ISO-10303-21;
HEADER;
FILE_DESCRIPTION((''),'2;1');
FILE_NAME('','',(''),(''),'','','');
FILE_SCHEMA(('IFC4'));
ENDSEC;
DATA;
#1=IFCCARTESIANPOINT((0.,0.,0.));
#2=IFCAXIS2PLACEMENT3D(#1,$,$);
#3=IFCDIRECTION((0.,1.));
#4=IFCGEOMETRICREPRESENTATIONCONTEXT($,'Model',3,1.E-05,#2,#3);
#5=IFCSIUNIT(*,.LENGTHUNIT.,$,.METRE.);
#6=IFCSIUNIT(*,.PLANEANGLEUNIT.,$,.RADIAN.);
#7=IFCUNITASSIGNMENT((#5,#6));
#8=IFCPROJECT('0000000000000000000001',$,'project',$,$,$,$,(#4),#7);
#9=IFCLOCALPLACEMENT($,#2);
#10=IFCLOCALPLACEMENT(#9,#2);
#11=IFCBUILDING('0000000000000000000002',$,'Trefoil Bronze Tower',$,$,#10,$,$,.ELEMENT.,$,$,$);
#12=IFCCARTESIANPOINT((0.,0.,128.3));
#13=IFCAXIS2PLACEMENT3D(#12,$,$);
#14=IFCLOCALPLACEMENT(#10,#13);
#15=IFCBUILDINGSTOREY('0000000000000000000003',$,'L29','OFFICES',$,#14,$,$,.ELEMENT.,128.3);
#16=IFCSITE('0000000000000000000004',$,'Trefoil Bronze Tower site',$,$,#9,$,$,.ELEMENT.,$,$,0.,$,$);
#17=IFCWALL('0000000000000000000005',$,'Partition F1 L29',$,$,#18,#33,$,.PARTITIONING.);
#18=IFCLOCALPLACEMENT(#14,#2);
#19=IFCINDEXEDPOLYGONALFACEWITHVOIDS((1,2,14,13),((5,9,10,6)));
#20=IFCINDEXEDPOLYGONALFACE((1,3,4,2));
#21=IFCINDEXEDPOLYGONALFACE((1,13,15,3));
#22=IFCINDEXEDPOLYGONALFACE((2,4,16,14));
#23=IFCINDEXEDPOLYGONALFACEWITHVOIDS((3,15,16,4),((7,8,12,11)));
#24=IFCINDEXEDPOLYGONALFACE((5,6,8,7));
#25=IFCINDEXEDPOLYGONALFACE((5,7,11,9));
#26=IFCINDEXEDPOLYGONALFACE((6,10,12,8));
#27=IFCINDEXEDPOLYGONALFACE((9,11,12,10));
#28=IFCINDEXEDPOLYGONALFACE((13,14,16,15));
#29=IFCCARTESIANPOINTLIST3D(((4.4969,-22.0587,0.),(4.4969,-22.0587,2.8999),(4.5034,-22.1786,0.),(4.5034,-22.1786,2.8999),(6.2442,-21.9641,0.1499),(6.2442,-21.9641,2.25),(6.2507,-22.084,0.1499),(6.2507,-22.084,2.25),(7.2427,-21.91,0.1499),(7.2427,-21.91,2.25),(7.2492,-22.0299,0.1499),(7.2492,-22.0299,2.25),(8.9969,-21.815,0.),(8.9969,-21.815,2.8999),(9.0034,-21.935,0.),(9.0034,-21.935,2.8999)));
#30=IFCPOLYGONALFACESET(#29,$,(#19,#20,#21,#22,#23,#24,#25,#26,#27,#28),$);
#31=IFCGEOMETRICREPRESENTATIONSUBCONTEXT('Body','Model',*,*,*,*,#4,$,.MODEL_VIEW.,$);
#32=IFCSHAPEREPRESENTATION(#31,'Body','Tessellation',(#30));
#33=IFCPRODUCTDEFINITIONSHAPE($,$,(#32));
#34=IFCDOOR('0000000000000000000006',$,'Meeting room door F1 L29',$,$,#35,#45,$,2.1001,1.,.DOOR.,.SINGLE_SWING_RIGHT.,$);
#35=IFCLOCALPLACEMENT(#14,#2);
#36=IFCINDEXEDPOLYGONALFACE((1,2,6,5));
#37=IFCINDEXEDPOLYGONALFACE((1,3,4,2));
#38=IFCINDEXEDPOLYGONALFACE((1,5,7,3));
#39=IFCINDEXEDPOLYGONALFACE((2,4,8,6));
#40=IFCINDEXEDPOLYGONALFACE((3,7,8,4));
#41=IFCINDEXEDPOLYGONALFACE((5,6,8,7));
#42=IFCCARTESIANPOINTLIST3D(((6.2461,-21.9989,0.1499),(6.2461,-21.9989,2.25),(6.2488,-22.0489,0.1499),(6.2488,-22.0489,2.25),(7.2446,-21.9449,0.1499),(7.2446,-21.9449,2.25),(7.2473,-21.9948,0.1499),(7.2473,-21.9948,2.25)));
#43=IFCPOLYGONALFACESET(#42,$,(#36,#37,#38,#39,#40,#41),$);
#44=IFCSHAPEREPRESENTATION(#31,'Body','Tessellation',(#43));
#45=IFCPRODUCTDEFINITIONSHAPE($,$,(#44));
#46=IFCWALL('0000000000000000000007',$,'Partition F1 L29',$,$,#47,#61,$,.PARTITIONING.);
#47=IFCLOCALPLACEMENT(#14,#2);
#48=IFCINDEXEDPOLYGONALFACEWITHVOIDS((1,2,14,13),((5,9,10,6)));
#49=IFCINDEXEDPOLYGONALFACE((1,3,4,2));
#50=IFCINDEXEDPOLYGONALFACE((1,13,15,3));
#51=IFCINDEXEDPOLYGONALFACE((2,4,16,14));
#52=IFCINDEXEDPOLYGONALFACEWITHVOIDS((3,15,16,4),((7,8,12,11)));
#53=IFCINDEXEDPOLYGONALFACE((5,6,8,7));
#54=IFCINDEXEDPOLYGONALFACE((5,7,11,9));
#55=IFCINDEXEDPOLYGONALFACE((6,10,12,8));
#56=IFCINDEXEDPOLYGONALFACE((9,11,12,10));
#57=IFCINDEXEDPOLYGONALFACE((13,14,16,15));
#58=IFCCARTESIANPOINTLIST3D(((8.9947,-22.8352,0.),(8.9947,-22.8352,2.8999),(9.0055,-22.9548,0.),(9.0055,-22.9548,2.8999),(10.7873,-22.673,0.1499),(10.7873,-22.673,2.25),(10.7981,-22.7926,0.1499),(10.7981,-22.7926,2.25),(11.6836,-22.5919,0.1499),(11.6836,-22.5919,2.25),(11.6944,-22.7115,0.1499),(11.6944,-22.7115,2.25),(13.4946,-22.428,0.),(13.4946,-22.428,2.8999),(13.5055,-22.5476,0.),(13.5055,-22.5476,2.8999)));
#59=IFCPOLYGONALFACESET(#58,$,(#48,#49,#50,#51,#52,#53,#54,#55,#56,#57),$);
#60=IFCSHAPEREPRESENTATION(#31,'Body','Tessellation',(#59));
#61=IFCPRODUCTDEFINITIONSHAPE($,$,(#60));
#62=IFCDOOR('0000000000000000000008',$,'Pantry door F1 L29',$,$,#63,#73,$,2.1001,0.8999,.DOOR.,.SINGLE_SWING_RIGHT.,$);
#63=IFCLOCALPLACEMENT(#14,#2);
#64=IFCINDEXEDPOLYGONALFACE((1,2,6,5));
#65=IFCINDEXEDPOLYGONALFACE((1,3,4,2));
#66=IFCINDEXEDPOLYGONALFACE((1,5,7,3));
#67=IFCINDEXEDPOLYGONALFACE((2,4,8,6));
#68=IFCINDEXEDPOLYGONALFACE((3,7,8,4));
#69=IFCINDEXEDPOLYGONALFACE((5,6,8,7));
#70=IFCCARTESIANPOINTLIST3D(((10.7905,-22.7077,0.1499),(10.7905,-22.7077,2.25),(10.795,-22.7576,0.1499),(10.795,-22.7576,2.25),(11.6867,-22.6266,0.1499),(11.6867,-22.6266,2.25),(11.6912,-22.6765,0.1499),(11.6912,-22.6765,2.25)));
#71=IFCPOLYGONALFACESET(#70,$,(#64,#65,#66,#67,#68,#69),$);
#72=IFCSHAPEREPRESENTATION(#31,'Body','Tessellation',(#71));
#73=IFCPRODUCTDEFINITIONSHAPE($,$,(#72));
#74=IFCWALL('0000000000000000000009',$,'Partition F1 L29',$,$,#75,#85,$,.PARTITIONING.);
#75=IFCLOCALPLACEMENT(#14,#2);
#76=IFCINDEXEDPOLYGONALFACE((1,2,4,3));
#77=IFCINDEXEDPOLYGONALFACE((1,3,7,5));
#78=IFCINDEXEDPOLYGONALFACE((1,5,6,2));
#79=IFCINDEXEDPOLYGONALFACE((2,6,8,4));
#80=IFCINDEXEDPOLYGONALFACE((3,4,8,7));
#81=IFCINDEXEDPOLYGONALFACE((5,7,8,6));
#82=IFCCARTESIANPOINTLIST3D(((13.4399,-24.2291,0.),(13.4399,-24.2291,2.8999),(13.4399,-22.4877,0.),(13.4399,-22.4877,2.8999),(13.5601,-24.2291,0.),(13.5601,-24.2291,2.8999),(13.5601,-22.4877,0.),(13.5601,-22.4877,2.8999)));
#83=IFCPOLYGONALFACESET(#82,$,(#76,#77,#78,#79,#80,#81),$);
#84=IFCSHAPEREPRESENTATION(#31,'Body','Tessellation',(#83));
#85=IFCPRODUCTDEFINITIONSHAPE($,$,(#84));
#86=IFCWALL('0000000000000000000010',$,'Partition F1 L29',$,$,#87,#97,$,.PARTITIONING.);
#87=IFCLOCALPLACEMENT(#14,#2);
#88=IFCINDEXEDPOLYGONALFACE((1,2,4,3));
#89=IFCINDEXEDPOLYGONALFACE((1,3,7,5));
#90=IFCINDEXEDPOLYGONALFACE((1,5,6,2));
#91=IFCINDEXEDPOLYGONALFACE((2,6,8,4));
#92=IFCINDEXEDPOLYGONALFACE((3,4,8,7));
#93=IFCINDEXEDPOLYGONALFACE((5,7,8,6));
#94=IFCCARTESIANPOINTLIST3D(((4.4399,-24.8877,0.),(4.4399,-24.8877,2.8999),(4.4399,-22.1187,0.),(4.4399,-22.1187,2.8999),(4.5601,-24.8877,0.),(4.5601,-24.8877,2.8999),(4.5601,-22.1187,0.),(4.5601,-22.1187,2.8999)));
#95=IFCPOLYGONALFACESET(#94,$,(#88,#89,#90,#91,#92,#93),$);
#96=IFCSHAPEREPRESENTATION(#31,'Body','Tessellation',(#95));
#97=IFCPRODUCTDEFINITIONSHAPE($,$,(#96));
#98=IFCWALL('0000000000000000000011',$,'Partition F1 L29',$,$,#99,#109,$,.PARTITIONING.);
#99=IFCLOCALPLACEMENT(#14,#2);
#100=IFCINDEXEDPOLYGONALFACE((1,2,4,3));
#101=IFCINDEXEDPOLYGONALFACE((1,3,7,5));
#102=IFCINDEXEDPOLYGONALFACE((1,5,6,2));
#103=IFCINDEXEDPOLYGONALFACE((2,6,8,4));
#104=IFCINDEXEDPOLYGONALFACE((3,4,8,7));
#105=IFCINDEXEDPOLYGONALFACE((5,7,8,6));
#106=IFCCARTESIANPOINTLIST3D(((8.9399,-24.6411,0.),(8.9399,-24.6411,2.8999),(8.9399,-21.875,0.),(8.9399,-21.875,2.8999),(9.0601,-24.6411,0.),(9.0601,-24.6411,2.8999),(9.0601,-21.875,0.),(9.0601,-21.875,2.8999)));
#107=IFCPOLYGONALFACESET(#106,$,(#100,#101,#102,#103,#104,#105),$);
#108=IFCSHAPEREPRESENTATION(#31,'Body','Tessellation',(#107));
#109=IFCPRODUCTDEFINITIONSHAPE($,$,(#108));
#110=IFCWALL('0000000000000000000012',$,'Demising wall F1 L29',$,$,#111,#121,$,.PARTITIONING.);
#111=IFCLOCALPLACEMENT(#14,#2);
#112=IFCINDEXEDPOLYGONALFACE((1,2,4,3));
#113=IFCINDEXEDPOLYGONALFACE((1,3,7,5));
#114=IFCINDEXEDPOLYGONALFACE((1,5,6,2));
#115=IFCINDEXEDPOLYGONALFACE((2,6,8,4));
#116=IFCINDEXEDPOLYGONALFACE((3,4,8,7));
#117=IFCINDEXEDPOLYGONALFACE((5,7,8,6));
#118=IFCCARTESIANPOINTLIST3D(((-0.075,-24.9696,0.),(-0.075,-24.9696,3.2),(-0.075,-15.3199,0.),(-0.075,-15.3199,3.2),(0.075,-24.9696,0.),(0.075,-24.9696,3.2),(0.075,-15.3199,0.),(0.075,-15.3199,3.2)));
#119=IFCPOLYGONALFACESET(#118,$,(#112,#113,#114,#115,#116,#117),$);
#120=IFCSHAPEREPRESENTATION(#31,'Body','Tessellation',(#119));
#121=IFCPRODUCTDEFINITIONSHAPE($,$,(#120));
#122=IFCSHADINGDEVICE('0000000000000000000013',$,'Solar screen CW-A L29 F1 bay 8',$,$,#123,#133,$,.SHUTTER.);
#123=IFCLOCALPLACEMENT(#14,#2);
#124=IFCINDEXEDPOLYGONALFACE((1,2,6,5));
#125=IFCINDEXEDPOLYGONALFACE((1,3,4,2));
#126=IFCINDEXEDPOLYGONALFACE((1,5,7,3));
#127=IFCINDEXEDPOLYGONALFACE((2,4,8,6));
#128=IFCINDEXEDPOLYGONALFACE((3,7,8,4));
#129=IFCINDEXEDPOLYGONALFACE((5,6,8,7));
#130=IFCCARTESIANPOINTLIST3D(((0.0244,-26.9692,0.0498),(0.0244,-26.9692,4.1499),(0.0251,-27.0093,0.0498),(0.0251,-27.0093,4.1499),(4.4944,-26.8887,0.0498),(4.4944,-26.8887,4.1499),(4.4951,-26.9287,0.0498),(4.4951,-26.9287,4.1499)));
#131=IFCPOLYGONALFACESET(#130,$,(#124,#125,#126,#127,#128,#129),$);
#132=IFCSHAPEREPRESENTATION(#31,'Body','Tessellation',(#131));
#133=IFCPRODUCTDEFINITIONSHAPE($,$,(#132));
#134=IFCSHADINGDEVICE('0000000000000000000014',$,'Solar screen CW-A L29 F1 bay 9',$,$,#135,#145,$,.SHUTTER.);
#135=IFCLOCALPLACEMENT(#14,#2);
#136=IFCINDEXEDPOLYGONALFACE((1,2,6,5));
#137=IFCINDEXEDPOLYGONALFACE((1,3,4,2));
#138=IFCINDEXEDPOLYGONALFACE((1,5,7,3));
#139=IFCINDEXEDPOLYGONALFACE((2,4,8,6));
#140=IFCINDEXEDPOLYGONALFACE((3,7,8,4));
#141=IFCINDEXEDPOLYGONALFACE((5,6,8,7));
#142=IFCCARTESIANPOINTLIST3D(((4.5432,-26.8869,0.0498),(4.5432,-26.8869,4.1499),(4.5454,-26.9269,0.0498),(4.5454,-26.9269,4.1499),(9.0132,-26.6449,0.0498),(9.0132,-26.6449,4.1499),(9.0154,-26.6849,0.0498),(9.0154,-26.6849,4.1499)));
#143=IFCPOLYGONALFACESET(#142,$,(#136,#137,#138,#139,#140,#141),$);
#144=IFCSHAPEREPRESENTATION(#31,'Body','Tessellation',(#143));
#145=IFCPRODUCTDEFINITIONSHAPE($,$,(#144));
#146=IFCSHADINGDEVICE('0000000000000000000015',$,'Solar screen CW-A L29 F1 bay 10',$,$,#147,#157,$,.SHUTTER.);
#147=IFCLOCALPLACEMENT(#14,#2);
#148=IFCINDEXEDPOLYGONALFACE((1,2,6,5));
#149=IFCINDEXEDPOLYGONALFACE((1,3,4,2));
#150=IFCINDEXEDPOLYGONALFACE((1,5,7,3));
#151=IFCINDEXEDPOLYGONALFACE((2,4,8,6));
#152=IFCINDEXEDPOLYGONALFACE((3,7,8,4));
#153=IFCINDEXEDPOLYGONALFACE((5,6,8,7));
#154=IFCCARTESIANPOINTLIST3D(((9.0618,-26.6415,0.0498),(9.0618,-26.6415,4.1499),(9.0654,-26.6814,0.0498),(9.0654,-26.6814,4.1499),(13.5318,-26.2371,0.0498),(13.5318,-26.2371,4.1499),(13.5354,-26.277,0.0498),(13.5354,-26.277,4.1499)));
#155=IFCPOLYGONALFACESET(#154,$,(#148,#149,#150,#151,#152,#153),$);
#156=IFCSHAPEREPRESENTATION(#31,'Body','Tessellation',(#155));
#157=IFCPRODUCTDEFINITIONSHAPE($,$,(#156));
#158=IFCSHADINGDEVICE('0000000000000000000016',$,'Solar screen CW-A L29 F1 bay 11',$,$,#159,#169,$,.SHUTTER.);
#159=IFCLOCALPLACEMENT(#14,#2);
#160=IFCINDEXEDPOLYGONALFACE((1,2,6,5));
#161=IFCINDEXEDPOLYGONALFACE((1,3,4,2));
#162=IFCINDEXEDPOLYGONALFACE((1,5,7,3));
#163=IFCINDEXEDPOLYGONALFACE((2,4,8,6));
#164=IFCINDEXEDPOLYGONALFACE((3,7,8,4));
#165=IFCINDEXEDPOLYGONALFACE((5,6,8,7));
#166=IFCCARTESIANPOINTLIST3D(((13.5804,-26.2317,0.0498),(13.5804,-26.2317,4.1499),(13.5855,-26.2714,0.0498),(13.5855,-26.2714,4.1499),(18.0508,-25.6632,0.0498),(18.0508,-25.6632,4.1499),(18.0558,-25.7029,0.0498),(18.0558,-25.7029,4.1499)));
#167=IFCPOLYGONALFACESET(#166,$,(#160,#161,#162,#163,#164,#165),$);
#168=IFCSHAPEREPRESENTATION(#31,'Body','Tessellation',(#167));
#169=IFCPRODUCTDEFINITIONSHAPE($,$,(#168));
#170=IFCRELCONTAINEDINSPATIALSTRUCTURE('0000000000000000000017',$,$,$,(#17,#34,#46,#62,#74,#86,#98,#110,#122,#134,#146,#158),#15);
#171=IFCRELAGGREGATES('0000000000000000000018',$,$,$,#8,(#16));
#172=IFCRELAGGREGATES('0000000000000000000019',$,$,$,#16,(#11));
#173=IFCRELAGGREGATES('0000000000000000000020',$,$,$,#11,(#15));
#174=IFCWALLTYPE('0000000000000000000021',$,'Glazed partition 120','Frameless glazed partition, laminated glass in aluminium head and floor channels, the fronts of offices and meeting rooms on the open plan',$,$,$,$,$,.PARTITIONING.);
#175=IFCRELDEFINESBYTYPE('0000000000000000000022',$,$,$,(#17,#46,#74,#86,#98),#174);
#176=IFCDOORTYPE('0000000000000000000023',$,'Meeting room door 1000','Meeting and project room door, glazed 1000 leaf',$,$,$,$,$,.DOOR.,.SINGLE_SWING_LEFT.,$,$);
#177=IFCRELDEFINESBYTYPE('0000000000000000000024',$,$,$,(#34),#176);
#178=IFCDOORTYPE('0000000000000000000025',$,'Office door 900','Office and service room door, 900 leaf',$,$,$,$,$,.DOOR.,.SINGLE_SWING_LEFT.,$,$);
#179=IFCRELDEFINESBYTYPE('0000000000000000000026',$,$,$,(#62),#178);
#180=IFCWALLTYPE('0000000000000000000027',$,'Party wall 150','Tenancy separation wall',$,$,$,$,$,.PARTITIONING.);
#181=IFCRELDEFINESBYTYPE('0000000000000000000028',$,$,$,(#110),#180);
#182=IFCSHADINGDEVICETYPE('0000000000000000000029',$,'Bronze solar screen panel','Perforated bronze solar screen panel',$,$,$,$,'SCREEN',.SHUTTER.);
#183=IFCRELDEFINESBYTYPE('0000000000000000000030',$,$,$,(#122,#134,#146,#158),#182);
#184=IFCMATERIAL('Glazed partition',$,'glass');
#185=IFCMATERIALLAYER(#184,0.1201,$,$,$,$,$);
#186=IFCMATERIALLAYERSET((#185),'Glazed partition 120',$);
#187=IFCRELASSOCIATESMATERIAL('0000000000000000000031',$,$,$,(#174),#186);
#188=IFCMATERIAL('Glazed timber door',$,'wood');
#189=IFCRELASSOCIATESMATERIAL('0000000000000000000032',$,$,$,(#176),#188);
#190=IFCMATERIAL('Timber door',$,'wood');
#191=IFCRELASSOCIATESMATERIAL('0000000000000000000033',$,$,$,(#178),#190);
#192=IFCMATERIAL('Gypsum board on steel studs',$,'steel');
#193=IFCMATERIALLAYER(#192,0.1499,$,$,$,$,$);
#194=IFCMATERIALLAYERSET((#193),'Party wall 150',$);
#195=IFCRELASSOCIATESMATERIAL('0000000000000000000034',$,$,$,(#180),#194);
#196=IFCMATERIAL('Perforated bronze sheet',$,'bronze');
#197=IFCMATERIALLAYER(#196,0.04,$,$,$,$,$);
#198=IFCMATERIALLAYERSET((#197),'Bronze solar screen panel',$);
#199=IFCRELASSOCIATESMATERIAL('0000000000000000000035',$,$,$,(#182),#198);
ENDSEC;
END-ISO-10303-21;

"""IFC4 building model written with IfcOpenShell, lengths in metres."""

from ifc_helpers import new_model, si_unit, direction, frame, frame_2d, origin, origin_2d, place, context, subcontext, project, spatial, rectangle, extrude, material, layer, layer_set, type_object, element, fill, save


model = new_model("IFC4")

# Units and contexts
model_context = context("Model", 3, precision=1e-05, world=origin(), true_north=direction((0.0, 1.0)))
body_context = subcontext(model_context, "Body", "Model", "MODEL_VIEW")
ifc_project = project(units=[si_unit("LENGTHUNIT", "METRE"), si_unit("PLANEANGLEUNIT", "RADIAN")], contexts=[model_context])

# Site, building, storey
site_placement = place(None, origin())
site = spatial("IfcSite", under=ifc_project, at=site_placement, Name="Trefoil Bronze Tower site", CompositionType="ELEMENT", RefElevation=0.0)
building_placement = place(site_placement, origin())
building = spatial("IfcBuilding", under=site, at=building_placement, Name="Trefoil Bronze Tower", CompositionType="ELEMENT")
storey_placement = place(building_placement, frame((0.0, 0.0, 128.3)))
storey = spatial("IfcBuildingStorey", under=building, at=storey_placement, Name="L29", Description="OFFICES", CompositionType="ELEMENT", Elevation=128.3)

# Walls, openings, doors
ifc_material_1 = material(Name="Glazed partition", Category="glass")
ifc_layer_1 = layer(ifc_material_1, 0.1201)
ifc_layer_set_1 = layer_set([ifc_layer_1], Name="Glazed partition 120")
wall_type_1 = type_object("IfcWallType", Name="Glazed partition 120", Description="Frameless glazed partition, laminated glass in aluminium head and floor channels, the fronts of offices and meeting rooms on the open plan", PredefinedType="PARTITIONING", material=ifc_layer_set_1)
ifc_material_2 = material(Name="Glazed timber door", Category="wood")
door_type_1 = type_object("IfcDoorType", Name="Meeting room door 1000", Description="Meeting and project room door, glazed 1000 leaf", OperationType="SINGLE_SWING_LEFT", PredefinedType="DOOR", material=ifc_material_2)
wall_1_placement = place(storey_placement, frame((4.5, -22.1187, 0.0), z_axis=(0.0, 0.0, 1.0), x_axis=(0.998537, 0.054066, 0.0)))
wall_1 = element("IfcWall", 1, at=wall_1_placement, inside=storey, type_object=wall_type_1, Name="Partition F1 L29", PredefinedType="PARTITIONING", context=body_context, shape_type="SweptSolid", body=[
    extrude(rectangle(XDim=4.5066, YDim=0.1201, at=frame_2d((2.2534, 0.0))), origin(), (0.0, 0.0, 1.0), 2.8999),
])
opening_1_placement = place(wall_1_placement, frame((1.75, 0.0, 0.1499)))
opening_1 = element("IfcOpeningElement", 2, at=opening_1_placement, cuts=wall_1, PredefinedType="OPENING", context=body_context, shape_type="SweptSolid", body=[
    extrude(rectangle(XDim=1.0, YDim=2.1001, at=frame_2d((0.5, 1.05))), frame((0.0, 0.0701, 0.0), z_axis=(0.0, -1.0, 0.0), x_axis=(1.0, 0.0, 0.0)), (0.0, 0.0, 1.0), 0.1401),
])
door_1_placement = place(opening_1_placement, frame((1.0, 0.0, 0.0), z_axis=(0.0, 0.0, 1.0), x_axis=(-1.0, 0.0, 0.0)))
door_1 = element("IfcDoor", 3, at=door_1_placement, inside=storey, type_object=door_type_1, Name="Meeting room door F1 L29", OperationType="SINGLE_SWING_RIGHT", OverallHeight=2.1001, OverallWidth=1.0, PredefinedType="DOOR", context=body_context, shape_type="SweptSolid", body=[
    extrude(rectangle(XDim=1.0, YDim=2.1001, at=frame_2d((0.5, 1.05))), frame((0.0, 0.0249, 0.0), z_axis=(0.0, -1.0, 0.0), x_axis=(1.0, 0.0, 0.0)), (0.0, 0.0, 1.0), 0.05),
])
fill(opening_1, door_1)
wall_2_placement = place(storey_placement, frame((9.0, -22.895, 0.0), z_axis=(0.0, 0.0, 1.0), x_axis=(0.99593, 0.090127, 0.0)))
wall_2 = element("IfcWall", 4, at=wall_2_placement, inside=storey, type_object=wall_type_1, Name="Partition F1 L29", PredefinedType="PARTITIONING", context=body_context, shape_type="SweptSolid", body=[
    extrude(rectangle(XDim=4.5183, YDim=0.1201, at=frame_2d((2.2593, 0.0))), origin(), (0.0, 0.0, 1.0), 2.8999),
])
opening_2_placement = place(wall_2_placement, frame((1.8, 0.0, 0.1499)))
opening_2 = element("IfcOpeningElement", 5, at=opening_2_placement, cuts=wall_2, PredefinedType="OPENING", context=body_context, shape_type="SweptSolid", body=[
    extrude(rectangle(XDim=0.8999, YDim=2.1001, at=frame_2d((0.45, 1.05))), frame((0.0, 0.0701, 0.0), z_axis=(0.0, -1.0, 0.0), x_axis=(1.0, 0.0, 0.0)), (0.0, 0.0, 1.0), 0.1401),
])
ifc_material_3 = material(Name="Timber door", Category="wood")
door_type_2 = type_object("IfcDoorType", Name="Office door 900", Description="Office and service room door, 900 leaf", OperationType="SINGLE_SWING_LEFT", PredefinedType="DOOR", material=ifc_material_3)
door_2_placement = place(opening_2_placement, frame((0.8999, 0.0, 0.0), z_axis=(0.0, 0.0, 1.0), x_axis=(-1.0, 0.0, 0.0)))
door_2 = element("IfcDoor", 6, at=door_2_placement, inside=storey, type_object=door_type_2, Name="Pantry door F1 L29", OperationType="SINGLE_SWING_RIGHT", OverallHeight=2.1001, OverallWidth=0.8999, PredefinedType="DOOR", context=body_context, shape_type="SweptSolid", body=[
    extrude(rectangle(XDim=0.8999, YDim=2.1001, at=frame_2d((0.45, 1.05))), frame((0.0, 0.0249, 0.0), z_axis=(0.0, -1.0, 0.0), x_axis=(1.0, 0.0, 0.0)), (0.0, 0.0, 1.0), 0.05),
])
fill(opening_2, door_2)

# Walls
wall_3_placement = place(storey_placement, frame((13.5, -22.4878, 0.0), z_axis=(0.0, 0.0, 1.0), x_axis=(0.0, -1.0, 0.0)))
element("IfcWall", 7, at=wall_3_placement, inside=storey, type_object=wall_type_1, Name="Partition F1 L29", PredefinedType="PARTITIONING", context=body_context, shape_type="SweptSolid", body=[
    extrude(rectangle(XDim=1.7415, YDim=0.1201, at=frame_2d((0.8706, 0.0))), origin(), (0.0, 0.0, 1.0), 2.8999),
])
wall_4_placement = place(storey_placement, frame((4.5, -22.1187, 0.0), z_axis=(0.0, 0.0, 1.0), x_axis=(0.0, -1.0, 0.0)))
element("IfcWall", 8, at=wall_4_placement, inside=storey, type_object=wall_type_1, Name="Partition F1 L29", PredefinedType="PARTITIONING", context=body_context, shape_type="SweptSolid", body=[
    extrude(rectangle(XDim=2.769, YDim=0.1201, at=frame_2d((1.3845, 0.0))), origin(), (0.0, 0.0, 1.0), 2.8999),
])
wall_5_placement = place(storey_placement, frame((9.0, -21.875, 0.0), z_axis=(0.0, 0.0, 1.0), x_axis=(0.0, -1.0, 0.0)))
element("IfcWall", 9, at=wall_5_placement, inside=storey, type_object=wall_type_1, Name="Partition F1 L29", PredefinedType="PARTITIONING", context=body_context, shape_type="SweptSolid", body=[
    extrude(rectangle(XDim=2.7661, YDim=0.1201, at=frame_2d((1.3831, 0.0))), origin(), (0.0, 0.0, 1.0), 2.8999),
])
ifc_material_4 = material(Name="Gypsum board on steel studs", Category="steel")
ifc_layer_2 = layer(ifc_material_4, 0.1499)
ifc_layer_set_2 = layer_set([ifc_layer_2], Name="Party wall 150")
wall_type_2 = type_object("IfcWallType", Name="Party wall 150", Description="Tenancy separation wall", PredefinedType="PARTITIONING", material=ifc_layer_set_2)
wall_6_placement = place(storey_placement, frame((0.0, -15.3201, 0.0), z_axis=(0.0, 0.0, 1.0), x_axis=(0.0, -1.0, 0.0)))
element("IfcWall", 10, at=wall_6_placement, inside=storey, type_object=wall_type_2, Name="Demising wall F1 L29", PredefinedType="PARTITIONING", context=body_context, shape_type="SweptSolid", body=[
    extrude(rectangle(XDim=9.6497, YDim=0.1499, at=frame_2d((4.8247, 0.0))), origin(), (0.0, 0.0, 1.0), 3.2),
])

# Shading devices
ifc_material_5 = material(Name="Perforated bronze sheet", Category="bronze")
ifc_layer_3 = layer(ifc_material_5, 0.04)
ifc_layer_set_3 = layer_set([ifc_layer_3], Name="Bronze solar screen panel")
shading_device_type = type_object("IfcShadingDeviceType", Name="Bronze solar screen panel", Description="Perforated bronze solar screen panel", ElementType="SCREEN", PredefinedType="SHUTTER", material=ifc_layer_set_3)
shading_device_1_placement = place(storey_placement, frame((2.2598, -26.949, 0.0498), z_axis=(0.0, 0.0, 1.0), x_axis=(0.999838, 0.018021, 0.0)))
element("IfcShadingDevice", 11, at=shading_device_1_placement, inside=storey, type_object=shading_device_type, Name="Solar screen CW-A L29 F1 bay 8", PredefinedType="SHUTTER", context=body_context, shape_type="SweptSolid", body=[
    extrude(rectangle(XDim=4.4707, YDim=0.04, at=origin_2d()), origin(), (0.0, 0.0, 1.0), 4.1001),
])
shading_device_2_placement = place(storey_placement, frame((6.7793, -26.7859, 0.0498), z_axis=(0.0, 0.0, 1.0), x_axis=(0.998538, 0.054063, 0.0)))
element("IfcShadingDevice", 12, at=shading_device_2_placement, inside=storey, type_object=shading_device_type, Name="Solar screen CW-A L29 F1 bay 9", PredefinedType="SHUTTER", context=body_context, shape_type="SweptSolid", body=[
    extrude(rectangle(XDim=4.4766, YDim=0.04, at=origin_2d()), origin(), (0.0, 0.0, 1.0), 4.1001),
])
shading_device_3_placement = place(storey_placement, frame((11.2986, -26.4592, 0.0498), z_axis=(0.0, 0.0, 1.0), x_axis=(0.995932, 0.090105, 0.0)))
element("IfcShadingDevice", 13, at=shading_device_3_placement, inside=storey, type_object=shading_device_type, Name="Solar screen CW-A L29 F1 bay 10", PredefinedType="SHUTTER", context=body_context, shape_type="SweptSolid", body=[
    extrude(rectangle(XDim=4.4883, YDim=0.04, at=origin_2d()), origin(), (0.0, 0.0, 1.0), 4.1001),
])
shading_device_4_placement = place(storey_placement, frame((15.8181, -25.9673, 0.0498), z_axis=(0.0, 0.0, 1.0), x_axis=(0.992012, 0.126147, 0.0)))
element("IfcShadingDevice", 14, at=shading_device_4_placement, inside=storey, type_object=shading_device_type, Name="Solar screen CW-A L29 F1 bay 11", PredefinedType="SHUTTER", context=body_context, shape_type="SweptSolid", body=[
    extrude(rectangle(XDim=4.5063, YDim=0.04, at=origin_2d()), origin(), (0.0, 0.0, 1.0), 4.1001),
])

save(model, "model.ifc")
